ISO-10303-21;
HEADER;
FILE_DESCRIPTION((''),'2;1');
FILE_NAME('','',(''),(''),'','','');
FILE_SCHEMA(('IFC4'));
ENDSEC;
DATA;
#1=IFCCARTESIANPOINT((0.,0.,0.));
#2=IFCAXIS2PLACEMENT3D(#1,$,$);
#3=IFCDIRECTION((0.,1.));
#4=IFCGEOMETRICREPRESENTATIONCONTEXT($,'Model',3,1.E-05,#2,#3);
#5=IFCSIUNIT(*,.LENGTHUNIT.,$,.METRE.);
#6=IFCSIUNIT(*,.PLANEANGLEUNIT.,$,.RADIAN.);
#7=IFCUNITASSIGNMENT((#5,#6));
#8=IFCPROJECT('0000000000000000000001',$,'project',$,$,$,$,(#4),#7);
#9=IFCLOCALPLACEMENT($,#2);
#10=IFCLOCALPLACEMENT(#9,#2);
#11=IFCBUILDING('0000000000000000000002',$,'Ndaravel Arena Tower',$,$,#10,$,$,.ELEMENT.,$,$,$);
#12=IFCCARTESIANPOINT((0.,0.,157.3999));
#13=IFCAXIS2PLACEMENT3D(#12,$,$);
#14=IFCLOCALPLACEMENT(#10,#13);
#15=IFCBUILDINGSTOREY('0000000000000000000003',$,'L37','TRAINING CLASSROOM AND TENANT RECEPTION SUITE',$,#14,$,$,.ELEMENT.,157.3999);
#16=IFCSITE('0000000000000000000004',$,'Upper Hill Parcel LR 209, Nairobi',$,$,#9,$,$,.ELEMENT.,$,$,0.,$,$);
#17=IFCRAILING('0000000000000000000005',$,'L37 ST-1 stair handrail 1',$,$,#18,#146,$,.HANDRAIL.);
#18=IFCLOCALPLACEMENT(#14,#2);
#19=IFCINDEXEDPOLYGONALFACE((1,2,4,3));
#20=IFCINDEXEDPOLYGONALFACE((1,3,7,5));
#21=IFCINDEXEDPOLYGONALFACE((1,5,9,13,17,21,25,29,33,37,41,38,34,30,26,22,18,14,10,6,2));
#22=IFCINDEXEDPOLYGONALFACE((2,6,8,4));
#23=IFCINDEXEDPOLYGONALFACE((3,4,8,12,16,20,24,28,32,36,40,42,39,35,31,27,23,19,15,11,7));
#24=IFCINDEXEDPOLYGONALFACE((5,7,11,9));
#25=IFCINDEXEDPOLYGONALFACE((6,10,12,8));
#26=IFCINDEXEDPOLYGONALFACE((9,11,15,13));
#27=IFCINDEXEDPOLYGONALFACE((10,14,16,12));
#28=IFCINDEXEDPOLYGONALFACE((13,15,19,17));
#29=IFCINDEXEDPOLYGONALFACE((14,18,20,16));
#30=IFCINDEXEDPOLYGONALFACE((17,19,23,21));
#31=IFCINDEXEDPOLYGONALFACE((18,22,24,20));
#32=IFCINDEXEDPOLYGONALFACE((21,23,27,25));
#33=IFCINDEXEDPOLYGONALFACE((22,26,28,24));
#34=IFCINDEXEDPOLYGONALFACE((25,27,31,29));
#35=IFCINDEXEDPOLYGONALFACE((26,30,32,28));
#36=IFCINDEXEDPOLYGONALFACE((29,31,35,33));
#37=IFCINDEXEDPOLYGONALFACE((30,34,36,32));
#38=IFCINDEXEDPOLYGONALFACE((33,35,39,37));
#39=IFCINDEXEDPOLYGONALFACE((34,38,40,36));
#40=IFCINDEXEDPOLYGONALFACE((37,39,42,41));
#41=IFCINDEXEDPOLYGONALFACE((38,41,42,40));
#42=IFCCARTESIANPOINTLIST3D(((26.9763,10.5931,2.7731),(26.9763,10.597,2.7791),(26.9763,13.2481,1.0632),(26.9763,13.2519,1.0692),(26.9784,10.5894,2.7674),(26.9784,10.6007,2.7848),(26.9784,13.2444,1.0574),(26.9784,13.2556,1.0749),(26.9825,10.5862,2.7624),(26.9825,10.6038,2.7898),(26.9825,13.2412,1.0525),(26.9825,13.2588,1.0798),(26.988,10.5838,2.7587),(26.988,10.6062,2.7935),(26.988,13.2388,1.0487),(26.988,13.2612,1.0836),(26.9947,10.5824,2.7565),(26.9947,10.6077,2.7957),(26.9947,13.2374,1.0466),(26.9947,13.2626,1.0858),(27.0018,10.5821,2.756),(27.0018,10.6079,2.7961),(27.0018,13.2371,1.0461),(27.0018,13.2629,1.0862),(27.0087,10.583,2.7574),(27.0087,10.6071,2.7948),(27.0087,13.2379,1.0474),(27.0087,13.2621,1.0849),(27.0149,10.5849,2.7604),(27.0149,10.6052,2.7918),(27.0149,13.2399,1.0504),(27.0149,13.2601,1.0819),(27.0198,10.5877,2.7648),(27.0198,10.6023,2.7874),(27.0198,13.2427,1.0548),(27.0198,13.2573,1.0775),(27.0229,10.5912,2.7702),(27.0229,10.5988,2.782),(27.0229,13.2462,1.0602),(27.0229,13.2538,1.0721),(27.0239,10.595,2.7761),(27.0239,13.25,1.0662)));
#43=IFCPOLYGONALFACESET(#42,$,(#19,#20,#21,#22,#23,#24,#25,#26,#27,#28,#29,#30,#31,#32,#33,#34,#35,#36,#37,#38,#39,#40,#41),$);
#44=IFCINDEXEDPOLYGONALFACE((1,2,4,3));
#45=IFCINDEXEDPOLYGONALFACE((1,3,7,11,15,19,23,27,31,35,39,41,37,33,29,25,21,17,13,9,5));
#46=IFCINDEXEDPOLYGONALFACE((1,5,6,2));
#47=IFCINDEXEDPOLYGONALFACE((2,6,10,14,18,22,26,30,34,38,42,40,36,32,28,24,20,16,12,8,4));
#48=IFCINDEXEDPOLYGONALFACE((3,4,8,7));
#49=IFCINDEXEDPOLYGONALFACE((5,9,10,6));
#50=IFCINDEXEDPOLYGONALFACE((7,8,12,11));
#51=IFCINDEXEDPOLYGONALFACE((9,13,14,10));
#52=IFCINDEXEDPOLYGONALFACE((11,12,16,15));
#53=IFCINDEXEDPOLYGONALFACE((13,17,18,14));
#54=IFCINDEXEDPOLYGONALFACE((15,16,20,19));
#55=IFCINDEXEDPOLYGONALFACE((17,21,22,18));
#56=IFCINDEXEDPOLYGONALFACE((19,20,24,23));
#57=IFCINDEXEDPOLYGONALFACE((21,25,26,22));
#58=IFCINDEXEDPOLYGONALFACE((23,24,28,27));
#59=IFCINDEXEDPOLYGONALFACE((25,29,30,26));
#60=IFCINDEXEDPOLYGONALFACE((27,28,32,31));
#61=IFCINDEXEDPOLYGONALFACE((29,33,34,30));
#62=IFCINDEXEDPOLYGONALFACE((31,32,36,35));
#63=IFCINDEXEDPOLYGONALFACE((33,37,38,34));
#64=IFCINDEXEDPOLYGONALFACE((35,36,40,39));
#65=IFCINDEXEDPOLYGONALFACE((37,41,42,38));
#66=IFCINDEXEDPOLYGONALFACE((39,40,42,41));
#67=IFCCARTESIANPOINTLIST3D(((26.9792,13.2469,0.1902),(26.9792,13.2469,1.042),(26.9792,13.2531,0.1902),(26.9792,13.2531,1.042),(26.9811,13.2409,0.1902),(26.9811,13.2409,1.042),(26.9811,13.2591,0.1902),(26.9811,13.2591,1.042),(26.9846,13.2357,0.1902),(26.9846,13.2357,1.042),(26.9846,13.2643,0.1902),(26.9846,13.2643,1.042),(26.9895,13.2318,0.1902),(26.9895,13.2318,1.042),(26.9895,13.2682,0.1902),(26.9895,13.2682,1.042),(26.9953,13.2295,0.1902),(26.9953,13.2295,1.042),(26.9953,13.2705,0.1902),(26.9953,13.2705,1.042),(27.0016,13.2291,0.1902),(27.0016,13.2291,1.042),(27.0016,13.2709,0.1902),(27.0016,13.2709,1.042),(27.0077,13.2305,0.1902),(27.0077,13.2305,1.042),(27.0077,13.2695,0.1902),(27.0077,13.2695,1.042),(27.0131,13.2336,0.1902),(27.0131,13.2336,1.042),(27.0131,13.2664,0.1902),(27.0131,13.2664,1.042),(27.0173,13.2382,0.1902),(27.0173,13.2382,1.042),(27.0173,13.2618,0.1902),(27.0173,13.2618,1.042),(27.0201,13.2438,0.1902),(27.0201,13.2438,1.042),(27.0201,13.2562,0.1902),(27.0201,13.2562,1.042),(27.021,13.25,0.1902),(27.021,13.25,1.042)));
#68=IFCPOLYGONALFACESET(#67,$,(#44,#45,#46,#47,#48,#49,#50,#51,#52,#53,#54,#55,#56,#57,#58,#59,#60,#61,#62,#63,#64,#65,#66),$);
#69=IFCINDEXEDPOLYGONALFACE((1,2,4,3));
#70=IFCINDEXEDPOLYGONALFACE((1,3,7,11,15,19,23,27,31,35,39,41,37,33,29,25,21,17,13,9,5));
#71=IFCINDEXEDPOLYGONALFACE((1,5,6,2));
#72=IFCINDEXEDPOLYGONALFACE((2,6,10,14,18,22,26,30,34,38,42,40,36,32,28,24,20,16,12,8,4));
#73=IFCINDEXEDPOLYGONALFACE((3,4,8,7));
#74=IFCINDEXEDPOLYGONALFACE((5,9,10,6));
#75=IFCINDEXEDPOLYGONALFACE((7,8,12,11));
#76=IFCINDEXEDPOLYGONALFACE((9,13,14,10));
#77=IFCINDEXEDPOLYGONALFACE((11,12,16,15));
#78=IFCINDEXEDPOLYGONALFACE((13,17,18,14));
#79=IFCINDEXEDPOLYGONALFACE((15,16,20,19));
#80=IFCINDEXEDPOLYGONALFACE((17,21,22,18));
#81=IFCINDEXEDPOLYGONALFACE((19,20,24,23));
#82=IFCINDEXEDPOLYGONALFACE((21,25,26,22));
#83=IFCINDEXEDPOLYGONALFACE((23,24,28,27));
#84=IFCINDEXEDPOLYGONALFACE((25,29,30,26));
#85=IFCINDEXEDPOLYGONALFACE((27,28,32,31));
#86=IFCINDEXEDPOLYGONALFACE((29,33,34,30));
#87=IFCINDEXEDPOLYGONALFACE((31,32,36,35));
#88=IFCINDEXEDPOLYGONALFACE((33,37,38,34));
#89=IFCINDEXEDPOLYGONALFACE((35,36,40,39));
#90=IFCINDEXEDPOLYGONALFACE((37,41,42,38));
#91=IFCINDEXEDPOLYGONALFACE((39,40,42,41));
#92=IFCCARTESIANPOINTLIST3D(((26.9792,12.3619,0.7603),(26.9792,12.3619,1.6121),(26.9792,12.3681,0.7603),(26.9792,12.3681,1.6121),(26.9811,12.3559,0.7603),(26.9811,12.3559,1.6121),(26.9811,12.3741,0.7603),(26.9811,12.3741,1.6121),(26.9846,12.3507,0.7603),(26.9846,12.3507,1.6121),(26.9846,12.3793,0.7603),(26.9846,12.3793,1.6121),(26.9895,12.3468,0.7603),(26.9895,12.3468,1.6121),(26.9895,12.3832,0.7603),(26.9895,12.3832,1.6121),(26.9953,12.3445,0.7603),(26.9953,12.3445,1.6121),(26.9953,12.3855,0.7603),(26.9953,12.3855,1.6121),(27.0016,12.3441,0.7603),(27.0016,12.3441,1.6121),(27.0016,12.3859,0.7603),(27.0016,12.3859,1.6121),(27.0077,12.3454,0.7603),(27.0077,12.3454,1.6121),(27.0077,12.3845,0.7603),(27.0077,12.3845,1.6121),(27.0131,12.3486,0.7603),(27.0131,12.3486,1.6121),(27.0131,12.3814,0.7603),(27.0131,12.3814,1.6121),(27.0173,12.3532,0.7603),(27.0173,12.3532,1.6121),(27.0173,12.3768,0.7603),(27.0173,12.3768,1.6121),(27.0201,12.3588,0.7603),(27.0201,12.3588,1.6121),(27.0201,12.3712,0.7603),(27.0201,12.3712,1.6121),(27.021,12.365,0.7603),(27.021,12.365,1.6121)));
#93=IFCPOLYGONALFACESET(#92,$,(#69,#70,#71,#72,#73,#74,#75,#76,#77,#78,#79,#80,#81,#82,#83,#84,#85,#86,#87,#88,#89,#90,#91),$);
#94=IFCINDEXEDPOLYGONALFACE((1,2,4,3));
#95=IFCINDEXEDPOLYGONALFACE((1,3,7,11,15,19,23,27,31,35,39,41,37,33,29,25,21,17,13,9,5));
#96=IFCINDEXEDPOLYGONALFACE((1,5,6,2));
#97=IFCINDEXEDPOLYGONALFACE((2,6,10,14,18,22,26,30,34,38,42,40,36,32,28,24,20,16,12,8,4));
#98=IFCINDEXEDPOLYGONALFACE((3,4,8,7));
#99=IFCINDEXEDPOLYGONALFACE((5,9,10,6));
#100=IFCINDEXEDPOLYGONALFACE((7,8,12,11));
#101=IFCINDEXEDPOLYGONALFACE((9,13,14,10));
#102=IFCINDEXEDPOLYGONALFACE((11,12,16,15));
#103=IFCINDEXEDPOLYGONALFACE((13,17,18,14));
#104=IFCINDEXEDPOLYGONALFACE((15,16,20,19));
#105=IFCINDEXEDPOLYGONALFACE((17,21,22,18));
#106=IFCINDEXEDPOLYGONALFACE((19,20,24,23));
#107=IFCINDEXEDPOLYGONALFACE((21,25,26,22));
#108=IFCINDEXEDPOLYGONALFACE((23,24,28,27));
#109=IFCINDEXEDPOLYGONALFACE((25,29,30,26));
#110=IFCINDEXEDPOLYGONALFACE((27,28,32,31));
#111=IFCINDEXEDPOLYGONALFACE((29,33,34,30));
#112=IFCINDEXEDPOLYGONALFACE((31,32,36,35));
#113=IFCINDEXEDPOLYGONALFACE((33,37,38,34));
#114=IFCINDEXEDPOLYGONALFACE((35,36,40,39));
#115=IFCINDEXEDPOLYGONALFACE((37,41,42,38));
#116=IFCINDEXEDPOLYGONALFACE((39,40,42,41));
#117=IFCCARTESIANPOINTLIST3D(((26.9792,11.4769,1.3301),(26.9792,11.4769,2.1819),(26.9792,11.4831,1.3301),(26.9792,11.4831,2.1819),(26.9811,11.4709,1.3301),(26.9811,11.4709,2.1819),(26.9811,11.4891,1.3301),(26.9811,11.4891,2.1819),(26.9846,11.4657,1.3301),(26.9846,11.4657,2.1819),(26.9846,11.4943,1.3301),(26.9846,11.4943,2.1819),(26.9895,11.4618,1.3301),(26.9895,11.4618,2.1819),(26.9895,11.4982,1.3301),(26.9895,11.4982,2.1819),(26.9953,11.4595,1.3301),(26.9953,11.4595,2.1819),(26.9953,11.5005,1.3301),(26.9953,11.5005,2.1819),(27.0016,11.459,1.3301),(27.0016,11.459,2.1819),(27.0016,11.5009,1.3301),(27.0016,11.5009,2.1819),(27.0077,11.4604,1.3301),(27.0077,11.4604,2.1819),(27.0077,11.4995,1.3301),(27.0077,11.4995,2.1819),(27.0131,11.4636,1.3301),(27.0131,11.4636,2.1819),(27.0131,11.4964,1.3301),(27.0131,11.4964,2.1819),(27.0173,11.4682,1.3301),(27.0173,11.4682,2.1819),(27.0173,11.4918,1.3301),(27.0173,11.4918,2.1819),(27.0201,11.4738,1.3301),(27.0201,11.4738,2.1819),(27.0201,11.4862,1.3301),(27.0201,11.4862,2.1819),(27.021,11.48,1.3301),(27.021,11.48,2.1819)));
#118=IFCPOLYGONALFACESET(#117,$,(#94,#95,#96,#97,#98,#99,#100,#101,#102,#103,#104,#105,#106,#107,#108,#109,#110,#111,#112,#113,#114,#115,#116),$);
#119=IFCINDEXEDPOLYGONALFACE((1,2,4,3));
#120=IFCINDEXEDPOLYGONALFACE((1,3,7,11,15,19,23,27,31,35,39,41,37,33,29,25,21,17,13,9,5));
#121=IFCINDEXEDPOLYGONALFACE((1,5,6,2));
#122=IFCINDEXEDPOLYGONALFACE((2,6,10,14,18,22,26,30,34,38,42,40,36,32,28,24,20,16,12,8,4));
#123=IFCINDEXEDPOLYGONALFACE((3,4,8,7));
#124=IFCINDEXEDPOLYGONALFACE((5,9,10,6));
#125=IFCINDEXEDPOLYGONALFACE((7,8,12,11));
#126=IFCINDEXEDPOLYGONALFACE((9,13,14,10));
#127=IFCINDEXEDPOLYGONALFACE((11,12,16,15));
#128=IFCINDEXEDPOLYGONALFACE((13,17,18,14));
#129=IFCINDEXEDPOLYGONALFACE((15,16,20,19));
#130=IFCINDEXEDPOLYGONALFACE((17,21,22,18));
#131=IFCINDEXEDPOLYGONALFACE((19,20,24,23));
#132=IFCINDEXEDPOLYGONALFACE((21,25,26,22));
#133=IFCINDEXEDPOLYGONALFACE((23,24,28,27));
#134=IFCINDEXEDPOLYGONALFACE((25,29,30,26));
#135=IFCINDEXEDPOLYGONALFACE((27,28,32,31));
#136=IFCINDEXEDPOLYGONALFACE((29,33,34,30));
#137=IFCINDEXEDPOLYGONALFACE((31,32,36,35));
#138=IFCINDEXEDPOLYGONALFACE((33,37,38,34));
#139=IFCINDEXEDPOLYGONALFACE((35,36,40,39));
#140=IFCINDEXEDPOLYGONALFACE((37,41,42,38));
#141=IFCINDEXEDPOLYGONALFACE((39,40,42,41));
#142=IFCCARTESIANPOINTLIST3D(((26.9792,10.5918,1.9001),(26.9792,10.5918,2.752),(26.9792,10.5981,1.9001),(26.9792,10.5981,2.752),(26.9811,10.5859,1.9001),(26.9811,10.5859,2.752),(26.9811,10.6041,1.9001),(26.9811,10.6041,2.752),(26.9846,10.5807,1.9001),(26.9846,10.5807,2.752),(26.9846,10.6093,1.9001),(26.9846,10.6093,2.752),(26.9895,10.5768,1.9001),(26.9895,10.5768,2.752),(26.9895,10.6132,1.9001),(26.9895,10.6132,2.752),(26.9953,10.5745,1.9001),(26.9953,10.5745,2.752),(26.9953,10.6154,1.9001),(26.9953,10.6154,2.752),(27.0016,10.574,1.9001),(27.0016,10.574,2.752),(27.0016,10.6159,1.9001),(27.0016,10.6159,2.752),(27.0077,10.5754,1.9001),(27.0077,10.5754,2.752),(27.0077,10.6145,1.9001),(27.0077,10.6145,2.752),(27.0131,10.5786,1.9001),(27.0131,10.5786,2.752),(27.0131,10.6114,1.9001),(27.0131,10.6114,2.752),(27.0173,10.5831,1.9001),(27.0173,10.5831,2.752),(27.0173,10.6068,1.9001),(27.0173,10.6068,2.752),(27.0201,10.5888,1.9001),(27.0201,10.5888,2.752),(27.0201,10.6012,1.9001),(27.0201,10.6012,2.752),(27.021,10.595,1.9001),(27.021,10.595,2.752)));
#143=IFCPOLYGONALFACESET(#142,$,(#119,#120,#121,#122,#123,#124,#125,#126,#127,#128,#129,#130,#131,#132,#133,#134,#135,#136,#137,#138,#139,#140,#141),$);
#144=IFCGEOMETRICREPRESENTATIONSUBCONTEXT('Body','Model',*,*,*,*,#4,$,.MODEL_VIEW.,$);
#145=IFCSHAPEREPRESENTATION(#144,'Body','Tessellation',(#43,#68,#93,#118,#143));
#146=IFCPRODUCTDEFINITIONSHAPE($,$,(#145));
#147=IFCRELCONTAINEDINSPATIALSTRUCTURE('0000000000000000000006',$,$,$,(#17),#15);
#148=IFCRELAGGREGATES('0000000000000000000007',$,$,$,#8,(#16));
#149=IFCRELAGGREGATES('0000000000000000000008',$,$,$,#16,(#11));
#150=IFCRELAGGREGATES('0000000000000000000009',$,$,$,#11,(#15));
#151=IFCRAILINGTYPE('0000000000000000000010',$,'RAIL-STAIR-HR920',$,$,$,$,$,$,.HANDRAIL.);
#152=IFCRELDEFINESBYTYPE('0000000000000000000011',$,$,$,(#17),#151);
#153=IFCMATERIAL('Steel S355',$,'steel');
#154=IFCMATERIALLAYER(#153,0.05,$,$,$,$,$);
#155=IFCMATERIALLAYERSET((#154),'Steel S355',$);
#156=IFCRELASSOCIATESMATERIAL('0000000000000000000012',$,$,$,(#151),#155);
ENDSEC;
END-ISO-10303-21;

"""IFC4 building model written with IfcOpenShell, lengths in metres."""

from ifc_helpers import new_model, si_unit, direction, frame, origin, origin_2d, place, context, subcontext, project, spatial, circle, extrude, material, layer, layer_set, type_object, element, save


model = new_model("IFC4")

# Units and contexts
model_context = context("Model", 3, precision=1e-05, world=origin(), true_north=direction((0.0, 1.0)))
body_context = subcontext(model_context, "Body", "Model", "MODEL_VIEW")
ifc_project = project(units=[si_unit("LENGTHUNIT", "METRE"), si_unit("PLANEANGLEUNIT", "RADIAN")], contexts=[model_context])

# Site, building, storey
site_placement = place(None, origin())
site = spatial("IfcSite", under=ifc_project, at=site_placement, Name="Upper Hill Parcel LR 209, Nairobi", CompositionType="ELEMENT", RefElevation=0.0)
building_placement = place(site_placement, origin())
building = spatial("IfcBuilding", under=site, at=building_placement, Name="Ndaravel Arena Tower", CompositionType="ELEMENT")
storey_placement = place(building_placement, frame((0.0, 0.0, 157.3999)))
storey = spatial("IfcBuildingStorey", under=building, at=storey_placement, Name="L37", Description="TRAINING CLASSROOM AND TENANT RECEPTION SUITE", CompositionType="ELEMENT", Elevation=157.3999)

# Railing
ifc_material_1 = material(Name="Steel S355", Category="steel")
ifc_layer_1 = layer(ifc_material_1, 0.05)
ifc_layer_set_1 = layer_set([ifc_layer_1], Name="Steel S355")
railing_type_1 = type_object("IfcRailingType", Name="RAIL-STAIR-HR920", PredefinedType="HANDRAIL", material=ifc_layer_set_1)
railing_1_placement = place(storey_placement, frame((27.0, 13.25, 0.1902)))
element("IfcRailing", 1, at=railing_1_placement, inside=storey, type_object=railing_type_1, Name="L37 ST-1 stair handrail 1", PredefinedType="HANDRAIL", context=body_context, shape_type="SweptSolid", body=[
    extrude(circle(Radius=0.0239, at=origin_2d()), frame((0.0, 0.0, 0.876), z_axis=(0.0, -0.840724, 0.541465), x_axis=(1.0, 0.0, 0.0)), (0.0, 0.0, 1.0), 3.158),
    extrude(circle(Radius=0.021, at=origin_2d()), origin(), (0.0, 0.0, 1.0), 0.8518),
    extrude(circle(Radius=0.021, at=origin_2d()), frame((0.0, -0.885, 0.5701)), (0.0, 0.0, 1.0), 0.8518),
    extrude(circle(Radius=0.021, at=origin_2d()), frame((0.0, -1.77, 1.1399)), (0.0, 0.0, 1.0), 0.8518),
    extrude(circle(Radius=0.021, at=origin_2d()), frame((0.0, -2.655, 1.71)), (0.0, 0.0, 1.0), 0.8518),
])

save(model, "model.ifc")
